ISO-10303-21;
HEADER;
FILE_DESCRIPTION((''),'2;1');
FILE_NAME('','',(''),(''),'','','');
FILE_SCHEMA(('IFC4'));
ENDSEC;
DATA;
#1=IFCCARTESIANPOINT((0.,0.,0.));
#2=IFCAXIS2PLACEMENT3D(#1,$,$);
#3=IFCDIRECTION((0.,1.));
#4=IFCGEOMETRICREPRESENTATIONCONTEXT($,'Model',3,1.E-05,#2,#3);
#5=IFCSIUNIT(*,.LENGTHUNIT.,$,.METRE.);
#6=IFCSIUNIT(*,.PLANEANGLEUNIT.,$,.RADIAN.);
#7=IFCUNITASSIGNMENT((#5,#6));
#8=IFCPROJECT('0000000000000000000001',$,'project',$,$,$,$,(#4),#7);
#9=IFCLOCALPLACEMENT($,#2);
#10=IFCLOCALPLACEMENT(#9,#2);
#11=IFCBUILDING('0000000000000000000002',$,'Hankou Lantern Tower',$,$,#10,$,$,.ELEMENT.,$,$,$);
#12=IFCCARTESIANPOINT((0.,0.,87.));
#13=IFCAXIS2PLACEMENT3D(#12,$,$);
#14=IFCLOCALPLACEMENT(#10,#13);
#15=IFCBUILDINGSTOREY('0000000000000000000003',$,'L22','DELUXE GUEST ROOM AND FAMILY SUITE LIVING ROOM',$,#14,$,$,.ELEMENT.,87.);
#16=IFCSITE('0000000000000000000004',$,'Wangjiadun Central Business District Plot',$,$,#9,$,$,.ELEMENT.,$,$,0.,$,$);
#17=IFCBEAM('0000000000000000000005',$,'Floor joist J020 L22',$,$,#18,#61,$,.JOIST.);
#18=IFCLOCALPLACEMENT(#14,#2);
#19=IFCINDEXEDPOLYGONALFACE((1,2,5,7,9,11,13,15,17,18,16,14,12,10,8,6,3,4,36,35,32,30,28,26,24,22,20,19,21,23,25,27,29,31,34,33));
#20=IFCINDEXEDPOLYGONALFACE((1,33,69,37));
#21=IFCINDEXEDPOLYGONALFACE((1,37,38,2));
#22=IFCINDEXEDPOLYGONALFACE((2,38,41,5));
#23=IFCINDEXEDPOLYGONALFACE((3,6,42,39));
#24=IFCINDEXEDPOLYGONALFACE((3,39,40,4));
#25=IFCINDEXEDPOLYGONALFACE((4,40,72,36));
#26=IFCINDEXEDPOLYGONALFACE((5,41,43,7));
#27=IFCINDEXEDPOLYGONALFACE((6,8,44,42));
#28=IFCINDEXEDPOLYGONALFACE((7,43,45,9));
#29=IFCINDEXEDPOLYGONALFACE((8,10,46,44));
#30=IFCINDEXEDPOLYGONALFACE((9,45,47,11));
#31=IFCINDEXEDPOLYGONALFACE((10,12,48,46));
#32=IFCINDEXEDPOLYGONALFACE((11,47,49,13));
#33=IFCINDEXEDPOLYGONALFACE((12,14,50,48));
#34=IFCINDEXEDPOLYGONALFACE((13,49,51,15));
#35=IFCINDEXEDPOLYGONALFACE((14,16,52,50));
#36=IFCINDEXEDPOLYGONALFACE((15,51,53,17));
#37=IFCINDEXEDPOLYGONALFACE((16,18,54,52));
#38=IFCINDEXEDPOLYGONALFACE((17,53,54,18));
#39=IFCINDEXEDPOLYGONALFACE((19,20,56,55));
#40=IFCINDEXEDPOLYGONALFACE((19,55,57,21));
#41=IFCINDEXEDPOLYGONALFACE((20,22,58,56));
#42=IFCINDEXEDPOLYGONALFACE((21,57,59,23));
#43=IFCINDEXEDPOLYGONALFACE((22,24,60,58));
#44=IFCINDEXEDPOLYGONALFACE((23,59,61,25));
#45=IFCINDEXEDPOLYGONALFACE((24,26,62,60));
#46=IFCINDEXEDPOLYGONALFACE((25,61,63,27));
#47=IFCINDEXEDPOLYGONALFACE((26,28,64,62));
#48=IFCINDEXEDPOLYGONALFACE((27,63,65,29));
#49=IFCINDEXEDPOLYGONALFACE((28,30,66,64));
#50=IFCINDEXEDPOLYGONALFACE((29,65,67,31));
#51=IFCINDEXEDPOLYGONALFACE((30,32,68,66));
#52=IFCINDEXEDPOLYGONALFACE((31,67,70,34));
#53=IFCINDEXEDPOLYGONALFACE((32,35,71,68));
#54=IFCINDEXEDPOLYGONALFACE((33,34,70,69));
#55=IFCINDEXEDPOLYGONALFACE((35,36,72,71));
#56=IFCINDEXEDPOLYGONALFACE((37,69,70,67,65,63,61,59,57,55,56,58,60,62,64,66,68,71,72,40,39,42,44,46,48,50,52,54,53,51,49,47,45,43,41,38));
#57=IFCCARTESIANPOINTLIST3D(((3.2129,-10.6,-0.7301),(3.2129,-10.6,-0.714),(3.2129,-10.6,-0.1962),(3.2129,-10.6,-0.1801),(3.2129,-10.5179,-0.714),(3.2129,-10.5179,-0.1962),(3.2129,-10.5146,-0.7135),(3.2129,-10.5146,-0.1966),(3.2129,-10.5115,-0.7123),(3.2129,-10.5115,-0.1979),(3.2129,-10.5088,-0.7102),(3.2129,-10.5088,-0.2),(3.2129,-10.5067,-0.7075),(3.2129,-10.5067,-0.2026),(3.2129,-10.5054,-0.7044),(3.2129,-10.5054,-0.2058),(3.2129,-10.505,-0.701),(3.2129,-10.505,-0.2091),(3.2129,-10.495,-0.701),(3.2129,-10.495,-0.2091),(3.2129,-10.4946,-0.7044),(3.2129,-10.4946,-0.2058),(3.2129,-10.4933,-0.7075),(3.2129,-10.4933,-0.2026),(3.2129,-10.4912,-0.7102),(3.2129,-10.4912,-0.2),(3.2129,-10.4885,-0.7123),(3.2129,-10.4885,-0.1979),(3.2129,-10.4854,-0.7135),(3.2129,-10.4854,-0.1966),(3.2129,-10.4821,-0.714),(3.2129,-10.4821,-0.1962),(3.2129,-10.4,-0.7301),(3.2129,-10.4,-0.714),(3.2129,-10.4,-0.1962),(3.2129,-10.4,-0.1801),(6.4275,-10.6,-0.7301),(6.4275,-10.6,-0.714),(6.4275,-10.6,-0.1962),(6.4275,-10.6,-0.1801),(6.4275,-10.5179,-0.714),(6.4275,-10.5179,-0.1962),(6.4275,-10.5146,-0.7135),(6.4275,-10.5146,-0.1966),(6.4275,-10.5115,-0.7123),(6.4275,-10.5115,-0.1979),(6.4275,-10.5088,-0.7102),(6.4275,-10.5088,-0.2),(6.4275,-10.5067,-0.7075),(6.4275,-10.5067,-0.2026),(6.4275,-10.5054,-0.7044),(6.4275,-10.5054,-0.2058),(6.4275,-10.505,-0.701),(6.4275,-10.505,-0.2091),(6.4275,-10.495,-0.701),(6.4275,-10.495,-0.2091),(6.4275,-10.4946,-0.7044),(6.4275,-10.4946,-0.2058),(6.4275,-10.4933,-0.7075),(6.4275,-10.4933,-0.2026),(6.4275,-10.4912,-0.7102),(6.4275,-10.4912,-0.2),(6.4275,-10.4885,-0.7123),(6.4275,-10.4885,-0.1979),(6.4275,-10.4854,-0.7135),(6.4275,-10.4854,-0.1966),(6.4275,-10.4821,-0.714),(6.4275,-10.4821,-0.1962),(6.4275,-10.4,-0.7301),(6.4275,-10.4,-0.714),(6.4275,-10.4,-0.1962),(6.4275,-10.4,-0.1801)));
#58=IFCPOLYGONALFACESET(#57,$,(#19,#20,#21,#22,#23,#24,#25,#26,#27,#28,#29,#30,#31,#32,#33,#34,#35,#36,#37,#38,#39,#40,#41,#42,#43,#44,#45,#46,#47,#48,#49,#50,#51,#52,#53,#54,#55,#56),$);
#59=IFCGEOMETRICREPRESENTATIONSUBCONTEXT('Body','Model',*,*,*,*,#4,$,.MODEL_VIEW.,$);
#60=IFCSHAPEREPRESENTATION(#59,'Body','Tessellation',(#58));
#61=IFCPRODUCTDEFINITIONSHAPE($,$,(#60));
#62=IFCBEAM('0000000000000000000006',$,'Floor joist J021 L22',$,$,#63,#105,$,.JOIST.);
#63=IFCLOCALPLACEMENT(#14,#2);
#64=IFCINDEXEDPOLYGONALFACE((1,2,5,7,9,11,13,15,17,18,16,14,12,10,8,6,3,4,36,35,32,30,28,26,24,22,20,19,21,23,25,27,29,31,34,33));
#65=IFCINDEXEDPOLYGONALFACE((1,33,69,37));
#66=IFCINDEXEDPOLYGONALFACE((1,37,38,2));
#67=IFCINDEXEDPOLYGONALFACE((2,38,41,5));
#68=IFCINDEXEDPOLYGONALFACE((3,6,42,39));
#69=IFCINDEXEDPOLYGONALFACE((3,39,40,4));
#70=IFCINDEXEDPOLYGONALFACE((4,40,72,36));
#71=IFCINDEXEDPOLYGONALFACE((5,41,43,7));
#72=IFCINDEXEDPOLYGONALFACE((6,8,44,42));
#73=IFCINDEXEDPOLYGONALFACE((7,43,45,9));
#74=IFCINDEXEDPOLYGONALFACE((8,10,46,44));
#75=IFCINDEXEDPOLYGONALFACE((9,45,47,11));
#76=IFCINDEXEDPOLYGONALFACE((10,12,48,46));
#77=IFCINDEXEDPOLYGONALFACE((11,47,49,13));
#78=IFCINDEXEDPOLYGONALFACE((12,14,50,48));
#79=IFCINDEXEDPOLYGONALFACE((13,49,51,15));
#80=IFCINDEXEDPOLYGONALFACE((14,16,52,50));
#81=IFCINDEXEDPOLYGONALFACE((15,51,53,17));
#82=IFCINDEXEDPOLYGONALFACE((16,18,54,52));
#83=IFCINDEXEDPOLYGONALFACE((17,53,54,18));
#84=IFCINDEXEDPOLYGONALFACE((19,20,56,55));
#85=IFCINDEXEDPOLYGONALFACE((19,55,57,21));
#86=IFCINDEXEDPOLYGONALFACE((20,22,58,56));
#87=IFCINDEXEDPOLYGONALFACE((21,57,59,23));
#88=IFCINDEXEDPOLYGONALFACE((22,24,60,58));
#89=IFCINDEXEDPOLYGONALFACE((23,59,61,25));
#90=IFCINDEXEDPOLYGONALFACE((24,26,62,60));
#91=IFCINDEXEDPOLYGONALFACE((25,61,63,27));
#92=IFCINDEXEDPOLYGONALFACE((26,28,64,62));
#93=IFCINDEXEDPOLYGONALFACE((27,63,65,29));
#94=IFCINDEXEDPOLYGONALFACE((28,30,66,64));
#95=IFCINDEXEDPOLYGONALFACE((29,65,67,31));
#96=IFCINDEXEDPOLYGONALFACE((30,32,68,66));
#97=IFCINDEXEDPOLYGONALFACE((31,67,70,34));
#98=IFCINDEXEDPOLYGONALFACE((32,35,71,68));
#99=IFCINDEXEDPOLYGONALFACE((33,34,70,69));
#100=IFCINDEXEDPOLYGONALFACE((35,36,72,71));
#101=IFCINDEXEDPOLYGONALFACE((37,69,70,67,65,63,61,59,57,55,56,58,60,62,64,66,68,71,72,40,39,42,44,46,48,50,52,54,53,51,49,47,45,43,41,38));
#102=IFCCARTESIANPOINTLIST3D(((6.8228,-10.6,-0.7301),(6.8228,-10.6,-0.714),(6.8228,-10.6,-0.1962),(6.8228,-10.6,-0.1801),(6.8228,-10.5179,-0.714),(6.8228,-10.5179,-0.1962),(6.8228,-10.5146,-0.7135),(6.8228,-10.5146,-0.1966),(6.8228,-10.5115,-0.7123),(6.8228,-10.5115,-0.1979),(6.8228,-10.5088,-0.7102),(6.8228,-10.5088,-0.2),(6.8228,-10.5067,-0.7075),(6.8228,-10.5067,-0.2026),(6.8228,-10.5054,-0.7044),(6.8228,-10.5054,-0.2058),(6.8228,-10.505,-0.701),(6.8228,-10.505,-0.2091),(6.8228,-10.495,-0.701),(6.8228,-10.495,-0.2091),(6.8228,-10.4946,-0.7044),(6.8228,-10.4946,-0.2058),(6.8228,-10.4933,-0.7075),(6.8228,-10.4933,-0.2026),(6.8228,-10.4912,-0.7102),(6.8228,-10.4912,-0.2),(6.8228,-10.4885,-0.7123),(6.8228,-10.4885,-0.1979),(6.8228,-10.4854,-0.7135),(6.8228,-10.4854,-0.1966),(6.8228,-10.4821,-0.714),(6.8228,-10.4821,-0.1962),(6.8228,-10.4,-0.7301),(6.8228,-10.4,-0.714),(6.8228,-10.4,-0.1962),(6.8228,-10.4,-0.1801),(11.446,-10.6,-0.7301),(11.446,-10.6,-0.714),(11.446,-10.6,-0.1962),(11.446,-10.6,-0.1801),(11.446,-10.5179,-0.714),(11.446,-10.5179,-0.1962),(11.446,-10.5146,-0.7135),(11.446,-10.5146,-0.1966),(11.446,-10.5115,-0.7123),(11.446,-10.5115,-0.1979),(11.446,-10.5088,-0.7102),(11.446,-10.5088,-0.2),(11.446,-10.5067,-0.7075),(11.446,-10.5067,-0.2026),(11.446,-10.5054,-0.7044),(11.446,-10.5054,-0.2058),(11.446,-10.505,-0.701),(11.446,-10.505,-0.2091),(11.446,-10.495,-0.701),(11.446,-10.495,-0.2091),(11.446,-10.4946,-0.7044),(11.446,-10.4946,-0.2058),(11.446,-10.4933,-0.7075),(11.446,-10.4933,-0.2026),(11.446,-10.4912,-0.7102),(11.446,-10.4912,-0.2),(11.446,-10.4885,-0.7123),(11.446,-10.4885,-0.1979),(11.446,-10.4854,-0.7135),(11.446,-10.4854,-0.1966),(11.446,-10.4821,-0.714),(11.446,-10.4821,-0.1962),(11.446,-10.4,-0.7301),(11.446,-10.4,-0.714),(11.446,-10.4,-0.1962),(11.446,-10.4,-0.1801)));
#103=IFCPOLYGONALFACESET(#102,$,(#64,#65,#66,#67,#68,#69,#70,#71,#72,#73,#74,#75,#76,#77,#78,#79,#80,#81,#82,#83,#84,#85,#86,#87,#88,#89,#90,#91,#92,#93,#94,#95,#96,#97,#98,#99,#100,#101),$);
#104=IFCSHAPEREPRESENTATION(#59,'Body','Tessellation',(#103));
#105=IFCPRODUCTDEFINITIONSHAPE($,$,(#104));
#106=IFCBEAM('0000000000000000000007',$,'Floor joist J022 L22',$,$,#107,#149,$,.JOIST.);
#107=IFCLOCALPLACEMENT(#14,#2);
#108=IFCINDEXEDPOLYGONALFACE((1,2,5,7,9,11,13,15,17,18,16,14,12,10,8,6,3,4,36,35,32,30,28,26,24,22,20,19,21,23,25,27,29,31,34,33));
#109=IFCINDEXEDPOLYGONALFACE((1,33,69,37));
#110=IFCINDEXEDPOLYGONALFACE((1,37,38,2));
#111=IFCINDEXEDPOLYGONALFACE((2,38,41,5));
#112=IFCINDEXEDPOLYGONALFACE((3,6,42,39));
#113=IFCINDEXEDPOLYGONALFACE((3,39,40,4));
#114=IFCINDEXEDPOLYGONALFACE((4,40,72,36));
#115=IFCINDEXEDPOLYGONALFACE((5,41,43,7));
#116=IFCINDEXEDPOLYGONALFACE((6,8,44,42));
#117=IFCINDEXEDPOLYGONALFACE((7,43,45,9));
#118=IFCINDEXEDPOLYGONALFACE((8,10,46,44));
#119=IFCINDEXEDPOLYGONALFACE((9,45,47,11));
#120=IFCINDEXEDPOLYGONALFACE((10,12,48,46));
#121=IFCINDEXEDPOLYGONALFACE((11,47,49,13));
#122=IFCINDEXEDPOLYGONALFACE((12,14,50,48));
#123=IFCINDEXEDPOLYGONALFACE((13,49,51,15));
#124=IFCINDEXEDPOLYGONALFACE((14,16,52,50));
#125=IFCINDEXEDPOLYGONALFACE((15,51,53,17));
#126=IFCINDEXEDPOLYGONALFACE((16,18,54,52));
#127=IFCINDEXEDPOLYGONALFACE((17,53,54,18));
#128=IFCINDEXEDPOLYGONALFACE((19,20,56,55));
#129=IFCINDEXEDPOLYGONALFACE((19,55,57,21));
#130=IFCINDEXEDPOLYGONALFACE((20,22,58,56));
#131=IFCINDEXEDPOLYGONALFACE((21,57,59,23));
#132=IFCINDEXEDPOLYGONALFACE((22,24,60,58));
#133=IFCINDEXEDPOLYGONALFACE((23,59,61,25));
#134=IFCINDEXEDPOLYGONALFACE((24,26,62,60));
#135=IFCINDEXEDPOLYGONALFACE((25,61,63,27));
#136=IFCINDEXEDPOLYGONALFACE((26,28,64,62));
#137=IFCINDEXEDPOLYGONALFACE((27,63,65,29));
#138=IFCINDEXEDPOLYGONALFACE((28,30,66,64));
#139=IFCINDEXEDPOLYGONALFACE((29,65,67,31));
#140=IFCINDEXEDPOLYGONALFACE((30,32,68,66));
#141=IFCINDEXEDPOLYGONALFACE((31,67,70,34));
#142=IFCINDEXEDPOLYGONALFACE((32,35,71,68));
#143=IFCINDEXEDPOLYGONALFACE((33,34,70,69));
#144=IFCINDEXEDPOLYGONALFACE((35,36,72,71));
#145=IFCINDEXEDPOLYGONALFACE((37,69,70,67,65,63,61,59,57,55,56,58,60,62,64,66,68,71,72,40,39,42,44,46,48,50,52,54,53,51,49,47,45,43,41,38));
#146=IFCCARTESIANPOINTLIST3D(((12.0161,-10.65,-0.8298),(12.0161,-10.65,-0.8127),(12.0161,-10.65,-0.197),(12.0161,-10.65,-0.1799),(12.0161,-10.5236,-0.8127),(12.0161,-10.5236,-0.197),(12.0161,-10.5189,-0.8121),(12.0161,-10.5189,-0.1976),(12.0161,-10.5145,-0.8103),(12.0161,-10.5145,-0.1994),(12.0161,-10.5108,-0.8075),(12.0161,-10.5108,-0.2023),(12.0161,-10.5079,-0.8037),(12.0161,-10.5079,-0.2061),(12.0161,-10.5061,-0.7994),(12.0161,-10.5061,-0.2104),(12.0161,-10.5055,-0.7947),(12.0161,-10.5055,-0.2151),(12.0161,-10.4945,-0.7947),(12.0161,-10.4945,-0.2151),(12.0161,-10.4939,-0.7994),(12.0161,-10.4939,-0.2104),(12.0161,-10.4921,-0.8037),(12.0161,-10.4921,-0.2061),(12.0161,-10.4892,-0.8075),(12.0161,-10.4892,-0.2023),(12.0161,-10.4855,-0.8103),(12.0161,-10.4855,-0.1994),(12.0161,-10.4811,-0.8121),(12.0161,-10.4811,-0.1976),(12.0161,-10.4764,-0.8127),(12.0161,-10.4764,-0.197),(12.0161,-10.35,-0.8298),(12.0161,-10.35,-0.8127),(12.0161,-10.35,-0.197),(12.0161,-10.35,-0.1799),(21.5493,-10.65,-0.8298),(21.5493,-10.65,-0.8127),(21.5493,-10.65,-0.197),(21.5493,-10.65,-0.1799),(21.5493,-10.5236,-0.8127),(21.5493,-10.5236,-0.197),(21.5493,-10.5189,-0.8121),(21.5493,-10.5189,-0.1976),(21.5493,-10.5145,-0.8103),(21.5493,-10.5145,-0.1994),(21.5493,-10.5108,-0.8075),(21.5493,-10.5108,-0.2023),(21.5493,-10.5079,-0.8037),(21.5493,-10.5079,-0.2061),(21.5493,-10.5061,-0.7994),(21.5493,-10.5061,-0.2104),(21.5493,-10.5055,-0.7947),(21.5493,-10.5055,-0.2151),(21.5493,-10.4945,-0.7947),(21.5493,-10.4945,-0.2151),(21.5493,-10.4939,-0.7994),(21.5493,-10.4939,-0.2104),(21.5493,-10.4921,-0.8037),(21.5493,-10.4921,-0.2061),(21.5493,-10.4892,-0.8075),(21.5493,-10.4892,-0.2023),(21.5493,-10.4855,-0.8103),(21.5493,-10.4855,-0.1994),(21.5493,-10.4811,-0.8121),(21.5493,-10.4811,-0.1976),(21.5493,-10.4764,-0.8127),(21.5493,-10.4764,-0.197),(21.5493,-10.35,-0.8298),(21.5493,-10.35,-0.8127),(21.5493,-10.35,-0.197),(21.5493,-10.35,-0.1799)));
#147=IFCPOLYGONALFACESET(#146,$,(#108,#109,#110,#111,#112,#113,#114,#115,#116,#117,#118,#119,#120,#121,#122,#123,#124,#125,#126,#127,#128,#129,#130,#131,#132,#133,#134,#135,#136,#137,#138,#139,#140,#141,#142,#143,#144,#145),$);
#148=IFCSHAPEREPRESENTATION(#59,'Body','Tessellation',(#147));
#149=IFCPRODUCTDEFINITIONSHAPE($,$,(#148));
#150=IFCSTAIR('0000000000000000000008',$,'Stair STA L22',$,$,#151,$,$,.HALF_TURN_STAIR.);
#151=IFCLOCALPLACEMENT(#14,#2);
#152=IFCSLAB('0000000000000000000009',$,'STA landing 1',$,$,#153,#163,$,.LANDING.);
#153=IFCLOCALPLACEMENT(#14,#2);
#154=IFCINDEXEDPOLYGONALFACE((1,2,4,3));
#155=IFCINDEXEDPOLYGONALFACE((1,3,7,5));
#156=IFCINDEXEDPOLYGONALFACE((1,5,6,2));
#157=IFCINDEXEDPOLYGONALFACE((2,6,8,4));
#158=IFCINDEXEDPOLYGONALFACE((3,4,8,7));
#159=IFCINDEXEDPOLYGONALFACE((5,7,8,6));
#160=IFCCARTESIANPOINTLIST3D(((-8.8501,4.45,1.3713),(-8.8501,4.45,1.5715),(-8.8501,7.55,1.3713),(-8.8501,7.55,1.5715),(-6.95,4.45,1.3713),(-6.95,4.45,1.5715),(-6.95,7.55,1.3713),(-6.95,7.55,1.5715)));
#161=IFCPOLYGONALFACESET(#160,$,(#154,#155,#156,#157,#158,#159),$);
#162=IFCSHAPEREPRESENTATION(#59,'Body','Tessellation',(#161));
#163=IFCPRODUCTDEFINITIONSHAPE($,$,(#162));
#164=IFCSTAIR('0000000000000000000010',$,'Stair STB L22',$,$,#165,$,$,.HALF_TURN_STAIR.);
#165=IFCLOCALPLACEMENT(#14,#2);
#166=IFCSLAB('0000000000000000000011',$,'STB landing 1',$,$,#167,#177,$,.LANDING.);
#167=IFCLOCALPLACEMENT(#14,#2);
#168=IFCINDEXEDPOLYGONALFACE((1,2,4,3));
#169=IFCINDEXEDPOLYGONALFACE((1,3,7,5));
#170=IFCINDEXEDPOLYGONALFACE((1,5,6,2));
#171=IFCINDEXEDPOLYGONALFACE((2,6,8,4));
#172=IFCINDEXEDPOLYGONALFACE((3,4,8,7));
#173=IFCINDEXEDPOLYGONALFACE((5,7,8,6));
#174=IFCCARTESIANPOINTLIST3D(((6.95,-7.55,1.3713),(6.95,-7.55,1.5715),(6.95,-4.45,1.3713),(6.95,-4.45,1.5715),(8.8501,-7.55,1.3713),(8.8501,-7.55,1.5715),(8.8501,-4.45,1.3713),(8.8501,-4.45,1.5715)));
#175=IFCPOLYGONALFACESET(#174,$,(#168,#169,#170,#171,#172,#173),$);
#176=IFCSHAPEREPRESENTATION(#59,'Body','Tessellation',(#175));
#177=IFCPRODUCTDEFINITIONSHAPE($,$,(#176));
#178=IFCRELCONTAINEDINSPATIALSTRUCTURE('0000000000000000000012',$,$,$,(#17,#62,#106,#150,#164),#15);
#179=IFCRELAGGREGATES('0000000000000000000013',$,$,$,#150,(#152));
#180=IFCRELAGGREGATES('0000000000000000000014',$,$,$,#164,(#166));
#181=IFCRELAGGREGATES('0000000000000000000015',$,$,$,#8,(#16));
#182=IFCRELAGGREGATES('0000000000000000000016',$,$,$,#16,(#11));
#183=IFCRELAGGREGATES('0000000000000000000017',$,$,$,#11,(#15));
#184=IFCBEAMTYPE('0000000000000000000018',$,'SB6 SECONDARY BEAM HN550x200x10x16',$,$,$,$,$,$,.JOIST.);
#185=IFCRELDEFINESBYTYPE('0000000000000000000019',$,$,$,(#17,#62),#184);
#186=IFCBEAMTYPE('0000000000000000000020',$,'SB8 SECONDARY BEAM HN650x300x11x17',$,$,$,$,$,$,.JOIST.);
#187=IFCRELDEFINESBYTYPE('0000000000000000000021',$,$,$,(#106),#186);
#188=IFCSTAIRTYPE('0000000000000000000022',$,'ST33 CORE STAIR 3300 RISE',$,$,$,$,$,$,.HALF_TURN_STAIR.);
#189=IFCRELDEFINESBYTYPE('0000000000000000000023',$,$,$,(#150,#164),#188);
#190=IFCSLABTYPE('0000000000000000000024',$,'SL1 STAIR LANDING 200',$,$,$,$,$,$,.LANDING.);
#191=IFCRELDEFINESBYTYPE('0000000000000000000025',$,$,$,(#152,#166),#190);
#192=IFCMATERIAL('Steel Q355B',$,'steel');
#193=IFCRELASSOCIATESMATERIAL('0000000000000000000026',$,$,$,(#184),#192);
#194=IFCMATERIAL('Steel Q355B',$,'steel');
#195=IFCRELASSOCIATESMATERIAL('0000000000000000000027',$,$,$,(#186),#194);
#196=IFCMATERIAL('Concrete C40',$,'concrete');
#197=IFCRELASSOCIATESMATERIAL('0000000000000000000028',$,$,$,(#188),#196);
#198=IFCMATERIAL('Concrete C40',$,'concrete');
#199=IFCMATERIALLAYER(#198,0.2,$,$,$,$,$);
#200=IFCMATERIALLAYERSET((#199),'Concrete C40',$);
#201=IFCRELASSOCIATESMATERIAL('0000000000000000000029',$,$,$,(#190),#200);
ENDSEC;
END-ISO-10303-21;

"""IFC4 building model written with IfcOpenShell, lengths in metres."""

from ifc_helpers import new_model, si_unit, direction, frame, origin, origin_2d, place, context, subcontext, project, spatial, polyline, i_section, outline, extrude, material, layer, layer_set, material_profile, profile_set, type_object, element, aggregate, save


model = new_model("IFC4")

# Units and contexts
model_context = context("Model", 3, precision=1e-05, world=origin(), true_north=direction((0.0, 1.0)))
body_context = subcontext(model_context, "Body", "Model", "MODEL_VIEW")
ifc_project = project(units=[si_unit("LENGTHUNIT", "METRE"), si_unit("PLANEANGLEUNIT", "RADIAN")], contexts=[model_context])

# Site, building, storey
site_placement = place(None, origin())
site = spatial("IfcSite", under=ifc_project, at=site_placement, Name="Wangjiadun Central Business District Plot", CompositionType="ELEMENT", RefElevation=0.0)
building_placement = place(site_placement, origin())
building = spatial("IfcBuilding", under=site, at=building_placement, Name="Hankou Lantern Tower", CompositionType="ELEMENT")
storey_placement = place(building_placement, frame((0.0, 0.0, 87.0)))
storey = spatial("IfcBuildingStorey", under=building, at=storey_placement, Name="L22", Description="DELUXE GUEST ROOM AND FAMILY SUITE LIVING ROOM", CompositionType="ELEMENT", Elevation=87.0)

# Beams
ifc_material_1 = material(Name="Steel Q355B", Category="steel")
ifc_material_profile_1 = material_profile(ifc_material_1, i_section(OverallWidth=0.2, OverallDepth=0.55, WebThickness=0.01, FlangeThickness=0.0161, FilletRadius=0.0129, at=origin_2d()), Name="HN550x200x10x16")
ifc_profile_set_1 = profile_set([ifc_material_profile_1], Name="Steel Q355B")
beam_type_1 = type_object("IfcBeamType", Name="SB6 SECONDARY BEAM HN550x200x10x16", PredefinedType="JOIST", material=ifc_profile_set_1)
beam_1_placement = place(storey_placement, frame((3.2129, -10.5, -0.4551), z_axis=(1.0, 0.0, 0.0), x_axis=(0.0, 1.0, 0.0)))
element("IfcBeam", 1, at=beam_1_placement, inside=storey, type_object=beam_type_1, Name="Floor joist J020 L22", PredefinedType="JOIST", context=body_context, shape_type="SweptSolid", body=[
    extrude(i_section(OverallWidth=0.2, OverallDepth=0.55, WebThickness=0.01, FlangeThickness=0.0161, FilletRadius=0.0129, at=origin_2d()), origin(), (0.0, 0.0, 1.0), 3.2146),
])
beam_2_placement = place(storey_placement, frame((6.8228, -10.5, -0.4551), z_axis=(1.0, 0.0, 0.0), x_axis=(0.0, 1.0, 0.0)))
element("IfcBeam", 2, at=beam_2_placement, inside=storey, type_object=beam_type_1, Name="Floor joist J021 L22", PredefinedType="JOIST", context=body_context, shape_type="SweptSolid", body=[
    extrude(i_section(OverallWidth=0.2, OverallDepth=0.55, WebThickness=0.01, FlangeThickness=0.0161, FilletRadius=0.0129, at=origin_2d()), origin(), (0.0, 0.0, 1.0), 4.6233),
])
ifc_material_2 = material(Name="Steel Q355B", Category="steel")
ifc_material_profile_2 = material_profile(ifc_material_2, i_section(OverallWidth=0.3, OverallDepth=0.6499, WebThickness=0.011, FlangeThickness=0.0171, FilletRadius=0.0181, at=origin_2d()), Name="HN650x300x11x17")
ifc_profile_set_2 = profile_set([ifc_material_profile_2], Name="Steel Q355B")
beam_type_2 = type_object("IfcBeamType", Name="SB8 SECONDARY BEAM HN650x300x11x17", PredefinedType="JOIST", material=ifc_profile_set_2)
beam_3_placement = place(storey_placement, frame((12.0161, -10.5, -0.5049), z_axis=(1.0, 0.0, 0.0), x_axis=(0.0, 1.0, 0.0)))
element("IfcBeam", 3, at=beam_3_placement, inside=storey, type_object=beam_type_2, Name="Floor joist J022 L22", PredefinedType="JOIST", context=body_context, shape_type="SweptSolid", body=[
    extrude(i_section(OverallWidth=0.3, OverallDepth=0.6499, WebThickness=0.011, FlangeThickness=0.0171, FilletRadius=0.0181, at=origin_2d()), origin(), (0.0, 0.0, 1.0), 9.5332),
])

# Stairs, slabs
ifc_material_3 = material(Name="Concrete C40", Category="concrete")
stair_type = type_object("IfcStairType", Name="ST33 CORE STAIR 3300 RISE", PredefinedType="HALF_TURN_STAIR", material=ifc_material_3)
stair_1_placement = place(storey_placement, origin())
stair_1 = element("IfcStair", 4, at=stair_1_placement, inside=storey, type_object=stair_type, Name="Stair STA L22", PredefinedType="HALF_TURN_STAIR")
ifc_material_4 = material(Name="Concrete C40", Category="concrete")
ifc_layer_1 = layer(ifc_material_4, 0.2)
ifc_layer_set_1 = layer_set([ifc_layer_1], Name="Concrete C40")
slab_type_1 = type_object("IfcSlabType", Name="SL1 STAIR LANDING 200", PredefinedType="LANDING", material=ifc_layer_set_1)
slab_1_placement = place(storey_placement, frame((0.0, 0.0, 1.3713)))
slab_1 = element("IfcSlab", 5, at=slab_1_placement, type_object=slab_type_1, Name="STA landing 1", PredefinedType="LANDING", context=body_context, shape_type="SweptSolid", body=[
    extrude(outline(polyline([(-8.8501, 4.45), (-6.95, 4.45), (-6.95, 7.55), (-8.8501, 7.55), (-8.8501, 4.45)])), origin(), (0.0, 0.0, 1.0), 0.2002),
])
aggregate(stair_1, [slab_1])
stair_2_placement = place(storey_placement, origin())
stair_2 = element("IfcStair", 6, at=stair_2_placement, inside=storey, type_object=stair_type, Name="Stair STB L22", PredefinedType="HALF_TURN_STAIR")
slab_2_placement = place(storey_placement, frame((0.0, 0.0, 1.3713)))
slab_2 = element("IfcSlab", 7, at=slab_2_placement, type_object=slab_type_1, Name="STB landing 1", PredefinedType="LANDING", context=body_context, shape_type="SweptSolid", body=[
    extrude(outline(polyline([(8.8501, -4.45), (6.95, -4.45), (6.95, -7.55), (8.8501, -7.55), (8.8501, -4.45)])), origin(), (0.0, 0.0, 1.0), 0.2002),
])

aggregate(stair_2, [slab_2])

save(model, "model.ifc")
